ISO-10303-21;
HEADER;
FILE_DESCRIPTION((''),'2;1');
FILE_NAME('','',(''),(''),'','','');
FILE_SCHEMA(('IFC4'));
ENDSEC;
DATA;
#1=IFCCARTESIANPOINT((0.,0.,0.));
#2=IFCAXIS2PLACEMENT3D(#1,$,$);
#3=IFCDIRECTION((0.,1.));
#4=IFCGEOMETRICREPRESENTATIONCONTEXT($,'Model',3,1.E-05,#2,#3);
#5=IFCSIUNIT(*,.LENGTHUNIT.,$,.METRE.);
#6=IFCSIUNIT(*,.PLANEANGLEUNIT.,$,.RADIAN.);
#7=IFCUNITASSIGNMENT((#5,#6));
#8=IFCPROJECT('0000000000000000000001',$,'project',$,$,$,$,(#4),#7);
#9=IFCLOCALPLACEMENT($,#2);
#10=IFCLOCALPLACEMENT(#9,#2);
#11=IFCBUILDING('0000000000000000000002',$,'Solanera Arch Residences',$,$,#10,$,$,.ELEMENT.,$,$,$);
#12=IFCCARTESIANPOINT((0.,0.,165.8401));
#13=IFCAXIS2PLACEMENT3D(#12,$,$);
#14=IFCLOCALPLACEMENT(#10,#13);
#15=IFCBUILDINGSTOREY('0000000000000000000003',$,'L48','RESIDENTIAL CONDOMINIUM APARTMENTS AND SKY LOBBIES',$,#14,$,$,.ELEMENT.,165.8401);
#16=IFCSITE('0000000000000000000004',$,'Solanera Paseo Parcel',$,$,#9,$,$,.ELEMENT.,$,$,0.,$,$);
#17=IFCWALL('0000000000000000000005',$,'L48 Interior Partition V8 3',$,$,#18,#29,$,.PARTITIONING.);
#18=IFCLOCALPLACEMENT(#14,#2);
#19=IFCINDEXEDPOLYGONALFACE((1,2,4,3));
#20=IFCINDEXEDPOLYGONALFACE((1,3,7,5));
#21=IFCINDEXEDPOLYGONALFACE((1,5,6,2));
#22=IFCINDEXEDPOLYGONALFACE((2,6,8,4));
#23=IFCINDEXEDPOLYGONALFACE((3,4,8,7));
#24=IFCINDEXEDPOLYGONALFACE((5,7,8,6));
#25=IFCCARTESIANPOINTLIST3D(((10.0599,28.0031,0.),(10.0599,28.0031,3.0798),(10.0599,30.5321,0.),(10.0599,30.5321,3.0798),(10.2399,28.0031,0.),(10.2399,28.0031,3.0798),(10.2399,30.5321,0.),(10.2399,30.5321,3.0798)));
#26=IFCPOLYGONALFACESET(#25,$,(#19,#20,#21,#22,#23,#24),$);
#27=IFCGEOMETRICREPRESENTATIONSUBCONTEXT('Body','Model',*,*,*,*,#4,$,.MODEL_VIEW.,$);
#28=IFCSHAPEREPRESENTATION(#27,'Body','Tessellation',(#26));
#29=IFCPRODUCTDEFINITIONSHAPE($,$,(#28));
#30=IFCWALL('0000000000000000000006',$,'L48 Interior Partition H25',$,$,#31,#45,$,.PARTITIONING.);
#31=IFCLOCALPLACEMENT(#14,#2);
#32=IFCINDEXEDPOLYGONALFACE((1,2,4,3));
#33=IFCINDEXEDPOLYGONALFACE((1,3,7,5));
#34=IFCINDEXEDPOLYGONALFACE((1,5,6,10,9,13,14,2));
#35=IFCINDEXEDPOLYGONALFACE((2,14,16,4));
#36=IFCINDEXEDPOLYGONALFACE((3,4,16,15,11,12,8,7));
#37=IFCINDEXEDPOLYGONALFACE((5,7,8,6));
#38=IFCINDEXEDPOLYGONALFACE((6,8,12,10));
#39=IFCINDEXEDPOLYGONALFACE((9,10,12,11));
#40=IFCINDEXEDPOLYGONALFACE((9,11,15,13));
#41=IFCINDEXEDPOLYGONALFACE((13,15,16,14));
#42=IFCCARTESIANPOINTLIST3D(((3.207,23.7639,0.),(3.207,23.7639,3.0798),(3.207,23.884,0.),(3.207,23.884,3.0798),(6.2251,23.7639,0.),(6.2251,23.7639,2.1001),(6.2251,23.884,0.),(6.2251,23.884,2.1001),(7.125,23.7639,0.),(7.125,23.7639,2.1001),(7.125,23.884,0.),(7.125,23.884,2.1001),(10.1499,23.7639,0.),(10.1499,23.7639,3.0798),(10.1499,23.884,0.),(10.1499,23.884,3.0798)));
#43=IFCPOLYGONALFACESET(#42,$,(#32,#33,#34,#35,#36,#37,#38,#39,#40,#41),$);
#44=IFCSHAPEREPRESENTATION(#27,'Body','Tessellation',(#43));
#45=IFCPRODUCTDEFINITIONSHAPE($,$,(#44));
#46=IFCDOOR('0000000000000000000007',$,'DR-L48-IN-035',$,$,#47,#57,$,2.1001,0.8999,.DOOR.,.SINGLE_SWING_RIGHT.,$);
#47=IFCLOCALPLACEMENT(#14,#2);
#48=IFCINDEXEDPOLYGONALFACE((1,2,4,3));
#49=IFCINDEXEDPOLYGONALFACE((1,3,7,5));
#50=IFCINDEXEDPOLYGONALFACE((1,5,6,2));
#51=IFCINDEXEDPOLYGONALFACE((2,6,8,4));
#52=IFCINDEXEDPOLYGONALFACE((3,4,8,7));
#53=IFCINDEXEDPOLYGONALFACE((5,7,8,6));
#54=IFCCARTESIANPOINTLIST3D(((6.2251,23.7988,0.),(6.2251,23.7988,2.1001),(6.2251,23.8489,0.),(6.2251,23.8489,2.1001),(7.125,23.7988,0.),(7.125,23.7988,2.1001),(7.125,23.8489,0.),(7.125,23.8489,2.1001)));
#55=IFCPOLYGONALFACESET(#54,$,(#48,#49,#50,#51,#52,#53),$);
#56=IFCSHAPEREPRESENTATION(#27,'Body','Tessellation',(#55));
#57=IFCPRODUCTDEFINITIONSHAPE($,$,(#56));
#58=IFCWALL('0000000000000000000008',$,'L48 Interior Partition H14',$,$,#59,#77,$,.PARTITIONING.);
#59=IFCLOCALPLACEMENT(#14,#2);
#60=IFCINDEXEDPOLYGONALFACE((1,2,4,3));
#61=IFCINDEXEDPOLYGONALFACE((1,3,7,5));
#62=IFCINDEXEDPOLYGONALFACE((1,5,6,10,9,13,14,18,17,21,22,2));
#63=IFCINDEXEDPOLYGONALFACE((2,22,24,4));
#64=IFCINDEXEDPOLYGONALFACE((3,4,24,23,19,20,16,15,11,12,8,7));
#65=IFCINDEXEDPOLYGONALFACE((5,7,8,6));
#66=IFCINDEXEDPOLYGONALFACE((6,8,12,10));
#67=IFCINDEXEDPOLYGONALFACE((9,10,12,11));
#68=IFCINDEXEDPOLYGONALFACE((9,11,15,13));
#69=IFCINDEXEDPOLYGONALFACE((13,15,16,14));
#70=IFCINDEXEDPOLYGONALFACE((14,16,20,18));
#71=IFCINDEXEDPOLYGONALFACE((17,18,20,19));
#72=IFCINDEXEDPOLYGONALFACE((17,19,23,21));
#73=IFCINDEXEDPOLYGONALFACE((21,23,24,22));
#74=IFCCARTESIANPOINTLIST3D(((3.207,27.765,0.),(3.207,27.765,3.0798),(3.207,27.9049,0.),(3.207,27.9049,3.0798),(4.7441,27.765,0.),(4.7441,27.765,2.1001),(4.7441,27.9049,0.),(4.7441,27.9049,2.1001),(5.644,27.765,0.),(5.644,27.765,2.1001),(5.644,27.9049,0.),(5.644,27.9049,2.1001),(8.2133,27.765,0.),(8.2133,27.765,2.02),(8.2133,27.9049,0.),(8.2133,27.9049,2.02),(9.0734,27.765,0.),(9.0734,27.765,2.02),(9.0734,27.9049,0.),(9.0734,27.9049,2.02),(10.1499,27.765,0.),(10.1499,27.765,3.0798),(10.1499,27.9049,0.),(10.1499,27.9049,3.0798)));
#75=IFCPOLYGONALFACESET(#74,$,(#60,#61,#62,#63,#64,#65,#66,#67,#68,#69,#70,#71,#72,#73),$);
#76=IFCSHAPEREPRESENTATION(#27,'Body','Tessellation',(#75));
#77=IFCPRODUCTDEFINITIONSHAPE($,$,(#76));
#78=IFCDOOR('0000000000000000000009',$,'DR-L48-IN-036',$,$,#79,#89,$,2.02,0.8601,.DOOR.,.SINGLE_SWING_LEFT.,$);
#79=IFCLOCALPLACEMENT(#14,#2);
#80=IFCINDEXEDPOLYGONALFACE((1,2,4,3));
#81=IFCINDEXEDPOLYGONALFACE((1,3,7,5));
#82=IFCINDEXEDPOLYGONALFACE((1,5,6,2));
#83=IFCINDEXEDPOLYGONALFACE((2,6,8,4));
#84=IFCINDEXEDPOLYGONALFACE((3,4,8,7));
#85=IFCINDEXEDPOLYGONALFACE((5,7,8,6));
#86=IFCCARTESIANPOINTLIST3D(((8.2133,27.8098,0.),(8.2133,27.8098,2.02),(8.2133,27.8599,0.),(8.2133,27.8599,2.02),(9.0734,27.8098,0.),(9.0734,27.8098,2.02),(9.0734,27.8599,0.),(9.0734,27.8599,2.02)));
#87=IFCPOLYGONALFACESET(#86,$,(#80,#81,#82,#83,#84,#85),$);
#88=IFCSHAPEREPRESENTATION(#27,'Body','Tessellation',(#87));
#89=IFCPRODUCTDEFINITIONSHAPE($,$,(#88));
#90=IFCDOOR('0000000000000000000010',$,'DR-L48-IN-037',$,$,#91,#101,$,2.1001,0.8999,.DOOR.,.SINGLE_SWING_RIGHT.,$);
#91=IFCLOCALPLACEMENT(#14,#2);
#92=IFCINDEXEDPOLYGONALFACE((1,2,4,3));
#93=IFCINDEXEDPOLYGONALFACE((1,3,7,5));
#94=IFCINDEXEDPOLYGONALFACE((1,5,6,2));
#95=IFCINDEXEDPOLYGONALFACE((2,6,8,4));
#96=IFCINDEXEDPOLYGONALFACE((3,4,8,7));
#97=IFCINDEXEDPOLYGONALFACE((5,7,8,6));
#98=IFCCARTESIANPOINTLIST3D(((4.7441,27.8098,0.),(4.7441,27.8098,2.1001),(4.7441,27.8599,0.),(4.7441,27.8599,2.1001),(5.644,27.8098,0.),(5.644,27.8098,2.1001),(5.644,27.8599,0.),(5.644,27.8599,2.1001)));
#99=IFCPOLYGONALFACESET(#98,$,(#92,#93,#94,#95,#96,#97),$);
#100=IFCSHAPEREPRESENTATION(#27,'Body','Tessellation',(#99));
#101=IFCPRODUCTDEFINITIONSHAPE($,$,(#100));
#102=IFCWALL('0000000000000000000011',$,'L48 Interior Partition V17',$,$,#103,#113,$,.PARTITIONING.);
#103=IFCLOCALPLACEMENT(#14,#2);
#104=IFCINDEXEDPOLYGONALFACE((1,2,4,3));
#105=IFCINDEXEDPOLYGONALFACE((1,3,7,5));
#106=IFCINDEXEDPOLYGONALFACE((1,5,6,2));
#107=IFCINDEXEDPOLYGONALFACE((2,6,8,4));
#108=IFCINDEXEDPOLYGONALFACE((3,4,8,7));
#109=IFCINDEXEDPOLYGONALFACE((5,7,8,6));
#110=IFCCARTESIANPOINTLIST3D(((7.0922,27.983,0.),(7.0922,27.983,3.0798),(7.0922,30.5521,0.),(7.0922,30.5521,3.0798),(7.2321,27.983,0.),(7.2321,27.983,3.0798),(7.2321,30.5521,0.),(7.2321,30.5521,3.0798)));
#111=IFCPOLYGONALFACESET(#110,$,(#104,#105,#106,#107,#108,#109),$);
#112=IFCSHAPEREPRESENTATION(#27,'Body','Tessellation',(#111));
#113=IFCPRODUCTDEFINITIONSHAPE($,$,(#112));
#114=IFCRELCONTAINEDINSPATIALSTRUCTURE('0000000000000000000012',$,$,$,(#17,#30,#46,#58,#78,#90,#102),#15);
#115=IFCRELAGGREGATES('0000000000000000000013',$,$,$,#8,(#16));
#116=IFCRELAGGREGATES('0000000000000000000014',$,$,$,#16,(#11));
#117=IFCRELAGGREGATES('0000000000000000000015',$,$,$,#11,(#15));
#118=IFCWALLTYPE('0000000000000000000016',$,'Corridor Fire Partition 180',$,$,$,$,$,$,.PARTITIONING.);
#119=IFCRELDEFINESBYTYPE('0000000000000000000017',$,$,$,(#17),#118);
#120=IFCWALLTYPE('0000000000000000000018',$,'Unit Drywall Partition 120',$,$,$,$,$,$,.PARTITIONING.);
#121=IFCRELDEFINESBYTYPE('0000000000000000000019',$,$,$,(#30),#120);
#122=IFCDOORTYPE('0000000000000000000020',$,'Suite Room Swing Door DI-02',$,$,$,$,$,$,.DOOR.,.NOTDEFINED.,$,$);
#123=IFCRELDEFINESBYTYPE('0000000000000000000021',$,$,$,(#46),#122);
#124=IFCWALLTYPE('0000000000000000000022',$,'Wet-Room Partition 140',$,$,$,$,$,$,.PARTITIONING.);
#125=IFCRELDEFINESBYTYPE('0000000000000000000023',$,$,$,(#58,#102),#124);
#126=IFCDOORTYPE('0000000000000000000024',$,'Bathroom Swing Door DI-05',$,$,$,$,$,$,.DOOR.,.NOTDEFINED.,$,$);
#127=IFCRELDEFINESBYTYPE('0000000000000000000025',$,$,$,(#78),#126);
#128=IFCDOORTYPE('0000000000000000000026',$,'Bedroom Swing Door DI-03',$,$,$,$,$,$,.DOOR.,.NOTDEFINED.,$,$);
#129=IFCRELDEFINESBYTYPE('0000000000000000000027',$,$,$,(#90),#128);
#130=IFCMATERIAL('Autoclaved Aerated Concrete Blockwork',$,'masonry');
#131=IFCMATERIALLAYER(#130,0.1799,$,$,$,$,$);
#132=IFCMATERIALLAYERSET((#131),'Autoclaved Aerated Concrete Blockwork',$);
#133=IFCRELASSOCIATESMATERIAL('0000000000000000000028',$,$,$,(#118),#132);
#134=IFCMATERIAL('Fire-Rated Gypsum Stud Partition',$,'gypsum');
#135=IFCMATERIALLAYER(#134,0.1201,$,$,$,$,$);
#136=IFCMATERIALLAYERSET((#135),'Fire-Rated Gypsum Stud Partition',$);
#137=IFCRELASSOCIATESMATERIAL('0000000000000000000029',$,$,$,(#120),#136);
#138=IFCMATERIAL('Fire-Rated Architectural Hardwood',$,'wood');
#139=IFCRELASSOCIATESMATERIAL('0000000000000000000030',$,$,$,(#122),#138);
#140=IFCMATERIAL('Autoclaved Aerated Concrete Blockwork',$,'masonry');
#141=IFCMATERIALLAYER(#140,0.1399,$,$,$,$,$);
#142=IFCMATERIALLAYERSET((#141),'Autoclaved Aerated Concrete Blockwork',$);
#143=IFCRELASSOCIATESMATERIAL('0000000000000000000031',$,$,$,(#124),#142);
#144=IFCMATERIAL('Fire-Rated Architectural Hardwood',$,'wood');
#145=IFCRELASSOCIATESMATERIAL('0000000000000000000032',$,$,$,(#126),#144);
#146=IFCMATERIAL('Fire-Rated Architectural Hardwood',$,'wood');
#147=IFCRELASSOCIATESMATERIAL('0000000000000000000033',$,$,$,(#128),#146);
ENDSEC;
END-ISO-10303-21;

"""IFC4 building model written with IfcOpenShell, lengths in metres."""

from ifc_helpers import new_model, si_unit, direction, frame, frame_2d, origin, place, context, subcontext, project, spatial, rectangle, extrude, material, layer, layer_set, type_object, element, fill, save


model = new_model("IFC4")

# Units and contexts
model_context = context("Model", 3, precision=1e-05, world=origin(), true_north=direction((0.0, 1.0)))
body_context = subcontext(model_context, "Body", "Model", "MODEL_VIEW")
ifc_project = project(units=[si_unit("LENGTHUNIT", "METRE"), si_unit("PLANEANGLEUNIT", "RADIAN")], contexts=[model_context])

# Site, building, storey
site_placement = place(None, origin())
site = spatial("IfcSite", under=ifc_project, at=site_placement, Name="Solanera Paseo Parcel", CompositionType="ELEMENT", RefElevation=0.0)
building_placement = place(site_placement, origin())
building = spatial("IfcBuilding", under=site, at=building_placement, Name="Solanera Arch Residences", CompositionType="ELEMENT")
storey_placement = place(building_placement, frame((0.0, 0.0, 165.8401)))
storey = spatial("IfcBuildingStorey", under=building, at=storey_placement, Name="L48", Description="RESIDENTIAL CONDOMINIUM APARTMENTS AND SKY LOBBIES", CompositionType="ELEMENT", Elevation=165.8401)

# Shared definitions
ifc_material_1 = material(Name="Autoclaved Aerated Concrete Blockwork", Category="masonry")
ifc_layer_1 = layer(ifc_material_1, 0.1799)
ifc_layer_set_1 = layer_set([ifc_layer_1], Name="Autoclaved Aerated Concrete Blockwork")
wall_type_1 = type_object("IfcWallType", Name="Corridor Fire Partition 180", PredefinedType="PARTITIONING", material=ifc_layer_set_1)

# Wall
wall_1_placement = place(storey_placement, frame((10.1499, 28.0029, 0.0), z_axis=(0.0, 0.0, 1.0), x_axis=(0.0, 1.0, 0.0)))
element("IfcWall", 1, at=wall_1_placement, inside=storey, type_object=wall_type_1, Name="L48 Interior Partition V8 3", PredefinedType="PARTITIONING", context=body_context, shape_type="SweptSolid", body=[
    extrude(rectangle(XDim=2.5291, YDim=0.1799, at=frame_2d((1.2646, 0.0))), origin(), (0.0, 0.0, 1.0), 3.0798),
])

# Wall, opening, door
ifc_material_2 = material(Name="Fire-Rated Gypsum Stud Partition", Category="gypsum")
ifc_layer_2 = layer(ifc_material_2, 0.1201)
ifc_layer_set_2 = layer_set([ifc_layer_2], Name="Fire-Rated Gypsum Stud Partition")
wall_type_2 = type_object("IfcWallType", Name="Unit Drywall Partition 120", PredefinedType="PARTITIONING", material=ifc_layer_set_2)
wall_2_placement = place(storey_placement, frame((3.207, 23.824, 0.0), z_axis=(0.0, 0.0, 1.0), x_axis=(1.0, 0.0, 0.0)))
wall_2 = element("IfcWall", 2, at=wall_2_placement, inside=storey, type_object=wall_type_2, Name="L48 Interior Partition H25", PredefinedType="PARTITIONING", context=body_context, shape_type="SweptSolid", body=[
    extrude(rectangle(XDim=6.9429, YDim=0.1201, at=frame_2d((3.4714, 0.0))), origin(), (0.0, 0.0, 1.0), 3.0798),
])
opening_1_placement = place(wall_2_placement, frame((3.0181, 0.0, 0.0)))
opening_1 = element("IfcOpeningElement", 3, at=opening_1_placement, cuts=wall_2, PredefinedType="OPENING", context=body_context, shape_type="SweptSolid", body=[
    extrude(rectangle(XDim=0.8999, YDim=2.1001, at=frame_2d((0.45, 1.05))), frame((0.0, 0.0701, 0.0), z_axis=(0.0, -1.0, 0.0), x_axis=(1.0, 0.0, 0.0)), (0.0, 0.0, 1.0), 0.1401),
])
ifc_material_3 = material(Name="Fire-Rated Architectural Hardwood", Category="wood")
door_type_1 = type_object("IfcDoorType", Name="Suite Room Swing Door DI-02", OperationType="NOTDEFINED", PredefinedType="DOOR", material=ifc_material_3)
door_1_placement = place(opening_1_placement, origin())
door_1 = element("IfcDoor", 4, at=door_1_placement, inside=storey, type_object=door_type_1, Name="DR-L48-IN-035", OperationType="SINGLE_SWING_RIGHT", OverallHeight=2.1001, OverallWidth=0.8999, PredefinedType="DOOR", context=body_context, shape_type="SweptSolid", body=[
    extrude(rectangle(XDim=0.8999, YDim=2.1001, at=frame_2d((0.45, 1.05))), frame((0.0, 0.0249, 0.0), z_axis=(0.0, -1.0, 0.0), x_axis=(1.0, 0.0, 0.0)), (0.0, 0.0, 1.0), 0.05),
])
fill(opening_1, door_1)

# Wall, openings, doors
ifc_material_4 = material(Name="Autoclaved Aerated Concrete Blockwork", Category="masonry")
ifc_layer_3 = layer(ifc_material_4, 0.1399)
ifc_layer_set_3 = layer_set([ifc_layer_3], Name="Autoclaved Aerated Concrete Blockwork")
wall_type_3 = type_object("IfcWallType", Name="Wet-Room Partition 140", PredefinedType="PARTITIONING", material=ifc_layer_set_3)
wall_3_placement = place(storey_placement, frame((3.207, 27.835, 0.0), z_axis=(0.0, 0.0, 1.0), x_axis=(1.0, 0.0, 0.0)))
wall_3 = element("IfcWall", 5, at=wall_3_placement, inside=storey, type_object=wall_type_3, Name="L48 Interior Partition H14", PredefinedType="PARTITIONING", context=body_context, shape_type="SweptSolid", body=[
    extrude(rectangle(XDim=6.9429, YDim=0.1399, at=frame_2d((3.4714, 0.0))), origin(), (0.0, 0.0, 1.0), 3.0798),
])
opening_2_placement = place(wall_3_placement, frame((5.0061, 0.0, 0.0)))
opening_2 = element("IfcOpeningElement", 6, at=opening_2_placement, cuts=wall_3, PredefinedType="OPENING", context=body_context, shape_type="SweptSolid", body=[
    extrude(rectangle(XDim=0.8601, YDim=2.02, at=frame_2d((0.4302, 1.01))), frame((0.0, 0.0798, 0.0), z_axis=(0.0, -1.0, 0.0), x_axis=(1.0, 0.0, 0.0)), (0.0, 0.0, 1.0), 0.1599),
])
opening_3_placement = place(wall_3_placement, frame((1.5371, 0.0, 0.0)))
opening_3 = element("IfcOpeningElement", 7, at=opening_3_placement, cuts=wall_3, PredefinedType="OPENING", context=body_context, shape_type="SweptSolid", body=[
    extrude(rectangle(XDim=0.8999, YDim=2.1001, at=frame_2d((0.45, 1.05))), frame((0.0, 0.0798, 0.0), z_axis=(0.0, -1.0, 0.0), x_axis=(1.0, 0.0, 0.0)), (0.0, 0.0, 1.0), 0.1599),
])
ifc_material_5 = material(Name="Fire-Rated Architectural Hardwood", Category="wood")
door_type_2 = type_object("IfcDoorType", Name="Bathroom Swing Door DI-05", OperationType="NOTDEFINED", PredefinedType="DOOR", material=ifc_material_5)
door_2_placement = place(opening_2_placement, origin())
door_2 = element("IfcDoor", 8, at=door_2_placement, inside=storey, type_object=door_type_2, Name="DR-L48-IN-036", OperationType="SINGLE_SWING_LEFT", OverallHeight=2.02, OverallWidth=0.8601, PredefinedType="DOOR", context=body_context, shape_type="SweptSolid", body=[
    extrude(rectangle(XDim=0.8601, YDim=2.02, at=frame_2d((0.4302, 1.01))), frame((0.0, 0.0249, 0.0), z_axis=(0.0, -1.0, 0.0), x_axis=(1.0, 0.0, 0.0)), (0.0, 0.0, 1.0), 0.05),
])
fill(opening_2, door_2)
ifc_material_6 = material(Name="Fire-Rated Architectural Hardwood", Category="wood")
door_type_3 = type_object("IfcDoorType", Name="Bedroom Swing Door DI-03", OperationType="NOTDEFINED", PredefinedType="DOOR", material=ifc_material_6)
door_3_placement = place(opening_3_placement, origin())
door_3 = element("IfcDoor", 9, at=door_3_placement, inside=storey, type_object=door_type_3, Name="DR-L48-IN-037", OperationType="SINGLE_SWING_RIGHT", OverallHeight=2.1001, OverallWidth=0.8999, PredefinedType="DOOR", context=body_context, shape_type="SweptSolid", body=[
    extrude(rectangle(XDim=0.8999, YDim=2.1001, at=frame_2d((0.45, 1.05))), frame((0.0, 0.0249, 0.0), z_axis=(0.0, -1.0, 0.0), x_axis=(1.0, 0.0, 0.0)), (0.0, 0.0, 1.0), 0.05),
])
fill(opening_3, door_3)

# Wall
wall_4_placement = place(storey_placement, frame((7.1621, 27.9829, 0.0), z_axis=(0.0, 0.0, 1.0), x_axis=(0.0, 1.0, 0.0)))
element("IfcWall", 10, at=wall_4_placement, inside=storey, type_object=wall_type_3, Name="L48 Interior Partition V17", PredefinedType="PARTITIONING", context=body_context, shape_type="SweptSolid", body=[
    extrude(rectangle(XDim=2.5691, YDim=0.1399, at=frame_2d((1.2847, 0.0))), origin(), (0.0, 0.0, 1.0), 3.0798),
])

save(model, "model.ifc")
